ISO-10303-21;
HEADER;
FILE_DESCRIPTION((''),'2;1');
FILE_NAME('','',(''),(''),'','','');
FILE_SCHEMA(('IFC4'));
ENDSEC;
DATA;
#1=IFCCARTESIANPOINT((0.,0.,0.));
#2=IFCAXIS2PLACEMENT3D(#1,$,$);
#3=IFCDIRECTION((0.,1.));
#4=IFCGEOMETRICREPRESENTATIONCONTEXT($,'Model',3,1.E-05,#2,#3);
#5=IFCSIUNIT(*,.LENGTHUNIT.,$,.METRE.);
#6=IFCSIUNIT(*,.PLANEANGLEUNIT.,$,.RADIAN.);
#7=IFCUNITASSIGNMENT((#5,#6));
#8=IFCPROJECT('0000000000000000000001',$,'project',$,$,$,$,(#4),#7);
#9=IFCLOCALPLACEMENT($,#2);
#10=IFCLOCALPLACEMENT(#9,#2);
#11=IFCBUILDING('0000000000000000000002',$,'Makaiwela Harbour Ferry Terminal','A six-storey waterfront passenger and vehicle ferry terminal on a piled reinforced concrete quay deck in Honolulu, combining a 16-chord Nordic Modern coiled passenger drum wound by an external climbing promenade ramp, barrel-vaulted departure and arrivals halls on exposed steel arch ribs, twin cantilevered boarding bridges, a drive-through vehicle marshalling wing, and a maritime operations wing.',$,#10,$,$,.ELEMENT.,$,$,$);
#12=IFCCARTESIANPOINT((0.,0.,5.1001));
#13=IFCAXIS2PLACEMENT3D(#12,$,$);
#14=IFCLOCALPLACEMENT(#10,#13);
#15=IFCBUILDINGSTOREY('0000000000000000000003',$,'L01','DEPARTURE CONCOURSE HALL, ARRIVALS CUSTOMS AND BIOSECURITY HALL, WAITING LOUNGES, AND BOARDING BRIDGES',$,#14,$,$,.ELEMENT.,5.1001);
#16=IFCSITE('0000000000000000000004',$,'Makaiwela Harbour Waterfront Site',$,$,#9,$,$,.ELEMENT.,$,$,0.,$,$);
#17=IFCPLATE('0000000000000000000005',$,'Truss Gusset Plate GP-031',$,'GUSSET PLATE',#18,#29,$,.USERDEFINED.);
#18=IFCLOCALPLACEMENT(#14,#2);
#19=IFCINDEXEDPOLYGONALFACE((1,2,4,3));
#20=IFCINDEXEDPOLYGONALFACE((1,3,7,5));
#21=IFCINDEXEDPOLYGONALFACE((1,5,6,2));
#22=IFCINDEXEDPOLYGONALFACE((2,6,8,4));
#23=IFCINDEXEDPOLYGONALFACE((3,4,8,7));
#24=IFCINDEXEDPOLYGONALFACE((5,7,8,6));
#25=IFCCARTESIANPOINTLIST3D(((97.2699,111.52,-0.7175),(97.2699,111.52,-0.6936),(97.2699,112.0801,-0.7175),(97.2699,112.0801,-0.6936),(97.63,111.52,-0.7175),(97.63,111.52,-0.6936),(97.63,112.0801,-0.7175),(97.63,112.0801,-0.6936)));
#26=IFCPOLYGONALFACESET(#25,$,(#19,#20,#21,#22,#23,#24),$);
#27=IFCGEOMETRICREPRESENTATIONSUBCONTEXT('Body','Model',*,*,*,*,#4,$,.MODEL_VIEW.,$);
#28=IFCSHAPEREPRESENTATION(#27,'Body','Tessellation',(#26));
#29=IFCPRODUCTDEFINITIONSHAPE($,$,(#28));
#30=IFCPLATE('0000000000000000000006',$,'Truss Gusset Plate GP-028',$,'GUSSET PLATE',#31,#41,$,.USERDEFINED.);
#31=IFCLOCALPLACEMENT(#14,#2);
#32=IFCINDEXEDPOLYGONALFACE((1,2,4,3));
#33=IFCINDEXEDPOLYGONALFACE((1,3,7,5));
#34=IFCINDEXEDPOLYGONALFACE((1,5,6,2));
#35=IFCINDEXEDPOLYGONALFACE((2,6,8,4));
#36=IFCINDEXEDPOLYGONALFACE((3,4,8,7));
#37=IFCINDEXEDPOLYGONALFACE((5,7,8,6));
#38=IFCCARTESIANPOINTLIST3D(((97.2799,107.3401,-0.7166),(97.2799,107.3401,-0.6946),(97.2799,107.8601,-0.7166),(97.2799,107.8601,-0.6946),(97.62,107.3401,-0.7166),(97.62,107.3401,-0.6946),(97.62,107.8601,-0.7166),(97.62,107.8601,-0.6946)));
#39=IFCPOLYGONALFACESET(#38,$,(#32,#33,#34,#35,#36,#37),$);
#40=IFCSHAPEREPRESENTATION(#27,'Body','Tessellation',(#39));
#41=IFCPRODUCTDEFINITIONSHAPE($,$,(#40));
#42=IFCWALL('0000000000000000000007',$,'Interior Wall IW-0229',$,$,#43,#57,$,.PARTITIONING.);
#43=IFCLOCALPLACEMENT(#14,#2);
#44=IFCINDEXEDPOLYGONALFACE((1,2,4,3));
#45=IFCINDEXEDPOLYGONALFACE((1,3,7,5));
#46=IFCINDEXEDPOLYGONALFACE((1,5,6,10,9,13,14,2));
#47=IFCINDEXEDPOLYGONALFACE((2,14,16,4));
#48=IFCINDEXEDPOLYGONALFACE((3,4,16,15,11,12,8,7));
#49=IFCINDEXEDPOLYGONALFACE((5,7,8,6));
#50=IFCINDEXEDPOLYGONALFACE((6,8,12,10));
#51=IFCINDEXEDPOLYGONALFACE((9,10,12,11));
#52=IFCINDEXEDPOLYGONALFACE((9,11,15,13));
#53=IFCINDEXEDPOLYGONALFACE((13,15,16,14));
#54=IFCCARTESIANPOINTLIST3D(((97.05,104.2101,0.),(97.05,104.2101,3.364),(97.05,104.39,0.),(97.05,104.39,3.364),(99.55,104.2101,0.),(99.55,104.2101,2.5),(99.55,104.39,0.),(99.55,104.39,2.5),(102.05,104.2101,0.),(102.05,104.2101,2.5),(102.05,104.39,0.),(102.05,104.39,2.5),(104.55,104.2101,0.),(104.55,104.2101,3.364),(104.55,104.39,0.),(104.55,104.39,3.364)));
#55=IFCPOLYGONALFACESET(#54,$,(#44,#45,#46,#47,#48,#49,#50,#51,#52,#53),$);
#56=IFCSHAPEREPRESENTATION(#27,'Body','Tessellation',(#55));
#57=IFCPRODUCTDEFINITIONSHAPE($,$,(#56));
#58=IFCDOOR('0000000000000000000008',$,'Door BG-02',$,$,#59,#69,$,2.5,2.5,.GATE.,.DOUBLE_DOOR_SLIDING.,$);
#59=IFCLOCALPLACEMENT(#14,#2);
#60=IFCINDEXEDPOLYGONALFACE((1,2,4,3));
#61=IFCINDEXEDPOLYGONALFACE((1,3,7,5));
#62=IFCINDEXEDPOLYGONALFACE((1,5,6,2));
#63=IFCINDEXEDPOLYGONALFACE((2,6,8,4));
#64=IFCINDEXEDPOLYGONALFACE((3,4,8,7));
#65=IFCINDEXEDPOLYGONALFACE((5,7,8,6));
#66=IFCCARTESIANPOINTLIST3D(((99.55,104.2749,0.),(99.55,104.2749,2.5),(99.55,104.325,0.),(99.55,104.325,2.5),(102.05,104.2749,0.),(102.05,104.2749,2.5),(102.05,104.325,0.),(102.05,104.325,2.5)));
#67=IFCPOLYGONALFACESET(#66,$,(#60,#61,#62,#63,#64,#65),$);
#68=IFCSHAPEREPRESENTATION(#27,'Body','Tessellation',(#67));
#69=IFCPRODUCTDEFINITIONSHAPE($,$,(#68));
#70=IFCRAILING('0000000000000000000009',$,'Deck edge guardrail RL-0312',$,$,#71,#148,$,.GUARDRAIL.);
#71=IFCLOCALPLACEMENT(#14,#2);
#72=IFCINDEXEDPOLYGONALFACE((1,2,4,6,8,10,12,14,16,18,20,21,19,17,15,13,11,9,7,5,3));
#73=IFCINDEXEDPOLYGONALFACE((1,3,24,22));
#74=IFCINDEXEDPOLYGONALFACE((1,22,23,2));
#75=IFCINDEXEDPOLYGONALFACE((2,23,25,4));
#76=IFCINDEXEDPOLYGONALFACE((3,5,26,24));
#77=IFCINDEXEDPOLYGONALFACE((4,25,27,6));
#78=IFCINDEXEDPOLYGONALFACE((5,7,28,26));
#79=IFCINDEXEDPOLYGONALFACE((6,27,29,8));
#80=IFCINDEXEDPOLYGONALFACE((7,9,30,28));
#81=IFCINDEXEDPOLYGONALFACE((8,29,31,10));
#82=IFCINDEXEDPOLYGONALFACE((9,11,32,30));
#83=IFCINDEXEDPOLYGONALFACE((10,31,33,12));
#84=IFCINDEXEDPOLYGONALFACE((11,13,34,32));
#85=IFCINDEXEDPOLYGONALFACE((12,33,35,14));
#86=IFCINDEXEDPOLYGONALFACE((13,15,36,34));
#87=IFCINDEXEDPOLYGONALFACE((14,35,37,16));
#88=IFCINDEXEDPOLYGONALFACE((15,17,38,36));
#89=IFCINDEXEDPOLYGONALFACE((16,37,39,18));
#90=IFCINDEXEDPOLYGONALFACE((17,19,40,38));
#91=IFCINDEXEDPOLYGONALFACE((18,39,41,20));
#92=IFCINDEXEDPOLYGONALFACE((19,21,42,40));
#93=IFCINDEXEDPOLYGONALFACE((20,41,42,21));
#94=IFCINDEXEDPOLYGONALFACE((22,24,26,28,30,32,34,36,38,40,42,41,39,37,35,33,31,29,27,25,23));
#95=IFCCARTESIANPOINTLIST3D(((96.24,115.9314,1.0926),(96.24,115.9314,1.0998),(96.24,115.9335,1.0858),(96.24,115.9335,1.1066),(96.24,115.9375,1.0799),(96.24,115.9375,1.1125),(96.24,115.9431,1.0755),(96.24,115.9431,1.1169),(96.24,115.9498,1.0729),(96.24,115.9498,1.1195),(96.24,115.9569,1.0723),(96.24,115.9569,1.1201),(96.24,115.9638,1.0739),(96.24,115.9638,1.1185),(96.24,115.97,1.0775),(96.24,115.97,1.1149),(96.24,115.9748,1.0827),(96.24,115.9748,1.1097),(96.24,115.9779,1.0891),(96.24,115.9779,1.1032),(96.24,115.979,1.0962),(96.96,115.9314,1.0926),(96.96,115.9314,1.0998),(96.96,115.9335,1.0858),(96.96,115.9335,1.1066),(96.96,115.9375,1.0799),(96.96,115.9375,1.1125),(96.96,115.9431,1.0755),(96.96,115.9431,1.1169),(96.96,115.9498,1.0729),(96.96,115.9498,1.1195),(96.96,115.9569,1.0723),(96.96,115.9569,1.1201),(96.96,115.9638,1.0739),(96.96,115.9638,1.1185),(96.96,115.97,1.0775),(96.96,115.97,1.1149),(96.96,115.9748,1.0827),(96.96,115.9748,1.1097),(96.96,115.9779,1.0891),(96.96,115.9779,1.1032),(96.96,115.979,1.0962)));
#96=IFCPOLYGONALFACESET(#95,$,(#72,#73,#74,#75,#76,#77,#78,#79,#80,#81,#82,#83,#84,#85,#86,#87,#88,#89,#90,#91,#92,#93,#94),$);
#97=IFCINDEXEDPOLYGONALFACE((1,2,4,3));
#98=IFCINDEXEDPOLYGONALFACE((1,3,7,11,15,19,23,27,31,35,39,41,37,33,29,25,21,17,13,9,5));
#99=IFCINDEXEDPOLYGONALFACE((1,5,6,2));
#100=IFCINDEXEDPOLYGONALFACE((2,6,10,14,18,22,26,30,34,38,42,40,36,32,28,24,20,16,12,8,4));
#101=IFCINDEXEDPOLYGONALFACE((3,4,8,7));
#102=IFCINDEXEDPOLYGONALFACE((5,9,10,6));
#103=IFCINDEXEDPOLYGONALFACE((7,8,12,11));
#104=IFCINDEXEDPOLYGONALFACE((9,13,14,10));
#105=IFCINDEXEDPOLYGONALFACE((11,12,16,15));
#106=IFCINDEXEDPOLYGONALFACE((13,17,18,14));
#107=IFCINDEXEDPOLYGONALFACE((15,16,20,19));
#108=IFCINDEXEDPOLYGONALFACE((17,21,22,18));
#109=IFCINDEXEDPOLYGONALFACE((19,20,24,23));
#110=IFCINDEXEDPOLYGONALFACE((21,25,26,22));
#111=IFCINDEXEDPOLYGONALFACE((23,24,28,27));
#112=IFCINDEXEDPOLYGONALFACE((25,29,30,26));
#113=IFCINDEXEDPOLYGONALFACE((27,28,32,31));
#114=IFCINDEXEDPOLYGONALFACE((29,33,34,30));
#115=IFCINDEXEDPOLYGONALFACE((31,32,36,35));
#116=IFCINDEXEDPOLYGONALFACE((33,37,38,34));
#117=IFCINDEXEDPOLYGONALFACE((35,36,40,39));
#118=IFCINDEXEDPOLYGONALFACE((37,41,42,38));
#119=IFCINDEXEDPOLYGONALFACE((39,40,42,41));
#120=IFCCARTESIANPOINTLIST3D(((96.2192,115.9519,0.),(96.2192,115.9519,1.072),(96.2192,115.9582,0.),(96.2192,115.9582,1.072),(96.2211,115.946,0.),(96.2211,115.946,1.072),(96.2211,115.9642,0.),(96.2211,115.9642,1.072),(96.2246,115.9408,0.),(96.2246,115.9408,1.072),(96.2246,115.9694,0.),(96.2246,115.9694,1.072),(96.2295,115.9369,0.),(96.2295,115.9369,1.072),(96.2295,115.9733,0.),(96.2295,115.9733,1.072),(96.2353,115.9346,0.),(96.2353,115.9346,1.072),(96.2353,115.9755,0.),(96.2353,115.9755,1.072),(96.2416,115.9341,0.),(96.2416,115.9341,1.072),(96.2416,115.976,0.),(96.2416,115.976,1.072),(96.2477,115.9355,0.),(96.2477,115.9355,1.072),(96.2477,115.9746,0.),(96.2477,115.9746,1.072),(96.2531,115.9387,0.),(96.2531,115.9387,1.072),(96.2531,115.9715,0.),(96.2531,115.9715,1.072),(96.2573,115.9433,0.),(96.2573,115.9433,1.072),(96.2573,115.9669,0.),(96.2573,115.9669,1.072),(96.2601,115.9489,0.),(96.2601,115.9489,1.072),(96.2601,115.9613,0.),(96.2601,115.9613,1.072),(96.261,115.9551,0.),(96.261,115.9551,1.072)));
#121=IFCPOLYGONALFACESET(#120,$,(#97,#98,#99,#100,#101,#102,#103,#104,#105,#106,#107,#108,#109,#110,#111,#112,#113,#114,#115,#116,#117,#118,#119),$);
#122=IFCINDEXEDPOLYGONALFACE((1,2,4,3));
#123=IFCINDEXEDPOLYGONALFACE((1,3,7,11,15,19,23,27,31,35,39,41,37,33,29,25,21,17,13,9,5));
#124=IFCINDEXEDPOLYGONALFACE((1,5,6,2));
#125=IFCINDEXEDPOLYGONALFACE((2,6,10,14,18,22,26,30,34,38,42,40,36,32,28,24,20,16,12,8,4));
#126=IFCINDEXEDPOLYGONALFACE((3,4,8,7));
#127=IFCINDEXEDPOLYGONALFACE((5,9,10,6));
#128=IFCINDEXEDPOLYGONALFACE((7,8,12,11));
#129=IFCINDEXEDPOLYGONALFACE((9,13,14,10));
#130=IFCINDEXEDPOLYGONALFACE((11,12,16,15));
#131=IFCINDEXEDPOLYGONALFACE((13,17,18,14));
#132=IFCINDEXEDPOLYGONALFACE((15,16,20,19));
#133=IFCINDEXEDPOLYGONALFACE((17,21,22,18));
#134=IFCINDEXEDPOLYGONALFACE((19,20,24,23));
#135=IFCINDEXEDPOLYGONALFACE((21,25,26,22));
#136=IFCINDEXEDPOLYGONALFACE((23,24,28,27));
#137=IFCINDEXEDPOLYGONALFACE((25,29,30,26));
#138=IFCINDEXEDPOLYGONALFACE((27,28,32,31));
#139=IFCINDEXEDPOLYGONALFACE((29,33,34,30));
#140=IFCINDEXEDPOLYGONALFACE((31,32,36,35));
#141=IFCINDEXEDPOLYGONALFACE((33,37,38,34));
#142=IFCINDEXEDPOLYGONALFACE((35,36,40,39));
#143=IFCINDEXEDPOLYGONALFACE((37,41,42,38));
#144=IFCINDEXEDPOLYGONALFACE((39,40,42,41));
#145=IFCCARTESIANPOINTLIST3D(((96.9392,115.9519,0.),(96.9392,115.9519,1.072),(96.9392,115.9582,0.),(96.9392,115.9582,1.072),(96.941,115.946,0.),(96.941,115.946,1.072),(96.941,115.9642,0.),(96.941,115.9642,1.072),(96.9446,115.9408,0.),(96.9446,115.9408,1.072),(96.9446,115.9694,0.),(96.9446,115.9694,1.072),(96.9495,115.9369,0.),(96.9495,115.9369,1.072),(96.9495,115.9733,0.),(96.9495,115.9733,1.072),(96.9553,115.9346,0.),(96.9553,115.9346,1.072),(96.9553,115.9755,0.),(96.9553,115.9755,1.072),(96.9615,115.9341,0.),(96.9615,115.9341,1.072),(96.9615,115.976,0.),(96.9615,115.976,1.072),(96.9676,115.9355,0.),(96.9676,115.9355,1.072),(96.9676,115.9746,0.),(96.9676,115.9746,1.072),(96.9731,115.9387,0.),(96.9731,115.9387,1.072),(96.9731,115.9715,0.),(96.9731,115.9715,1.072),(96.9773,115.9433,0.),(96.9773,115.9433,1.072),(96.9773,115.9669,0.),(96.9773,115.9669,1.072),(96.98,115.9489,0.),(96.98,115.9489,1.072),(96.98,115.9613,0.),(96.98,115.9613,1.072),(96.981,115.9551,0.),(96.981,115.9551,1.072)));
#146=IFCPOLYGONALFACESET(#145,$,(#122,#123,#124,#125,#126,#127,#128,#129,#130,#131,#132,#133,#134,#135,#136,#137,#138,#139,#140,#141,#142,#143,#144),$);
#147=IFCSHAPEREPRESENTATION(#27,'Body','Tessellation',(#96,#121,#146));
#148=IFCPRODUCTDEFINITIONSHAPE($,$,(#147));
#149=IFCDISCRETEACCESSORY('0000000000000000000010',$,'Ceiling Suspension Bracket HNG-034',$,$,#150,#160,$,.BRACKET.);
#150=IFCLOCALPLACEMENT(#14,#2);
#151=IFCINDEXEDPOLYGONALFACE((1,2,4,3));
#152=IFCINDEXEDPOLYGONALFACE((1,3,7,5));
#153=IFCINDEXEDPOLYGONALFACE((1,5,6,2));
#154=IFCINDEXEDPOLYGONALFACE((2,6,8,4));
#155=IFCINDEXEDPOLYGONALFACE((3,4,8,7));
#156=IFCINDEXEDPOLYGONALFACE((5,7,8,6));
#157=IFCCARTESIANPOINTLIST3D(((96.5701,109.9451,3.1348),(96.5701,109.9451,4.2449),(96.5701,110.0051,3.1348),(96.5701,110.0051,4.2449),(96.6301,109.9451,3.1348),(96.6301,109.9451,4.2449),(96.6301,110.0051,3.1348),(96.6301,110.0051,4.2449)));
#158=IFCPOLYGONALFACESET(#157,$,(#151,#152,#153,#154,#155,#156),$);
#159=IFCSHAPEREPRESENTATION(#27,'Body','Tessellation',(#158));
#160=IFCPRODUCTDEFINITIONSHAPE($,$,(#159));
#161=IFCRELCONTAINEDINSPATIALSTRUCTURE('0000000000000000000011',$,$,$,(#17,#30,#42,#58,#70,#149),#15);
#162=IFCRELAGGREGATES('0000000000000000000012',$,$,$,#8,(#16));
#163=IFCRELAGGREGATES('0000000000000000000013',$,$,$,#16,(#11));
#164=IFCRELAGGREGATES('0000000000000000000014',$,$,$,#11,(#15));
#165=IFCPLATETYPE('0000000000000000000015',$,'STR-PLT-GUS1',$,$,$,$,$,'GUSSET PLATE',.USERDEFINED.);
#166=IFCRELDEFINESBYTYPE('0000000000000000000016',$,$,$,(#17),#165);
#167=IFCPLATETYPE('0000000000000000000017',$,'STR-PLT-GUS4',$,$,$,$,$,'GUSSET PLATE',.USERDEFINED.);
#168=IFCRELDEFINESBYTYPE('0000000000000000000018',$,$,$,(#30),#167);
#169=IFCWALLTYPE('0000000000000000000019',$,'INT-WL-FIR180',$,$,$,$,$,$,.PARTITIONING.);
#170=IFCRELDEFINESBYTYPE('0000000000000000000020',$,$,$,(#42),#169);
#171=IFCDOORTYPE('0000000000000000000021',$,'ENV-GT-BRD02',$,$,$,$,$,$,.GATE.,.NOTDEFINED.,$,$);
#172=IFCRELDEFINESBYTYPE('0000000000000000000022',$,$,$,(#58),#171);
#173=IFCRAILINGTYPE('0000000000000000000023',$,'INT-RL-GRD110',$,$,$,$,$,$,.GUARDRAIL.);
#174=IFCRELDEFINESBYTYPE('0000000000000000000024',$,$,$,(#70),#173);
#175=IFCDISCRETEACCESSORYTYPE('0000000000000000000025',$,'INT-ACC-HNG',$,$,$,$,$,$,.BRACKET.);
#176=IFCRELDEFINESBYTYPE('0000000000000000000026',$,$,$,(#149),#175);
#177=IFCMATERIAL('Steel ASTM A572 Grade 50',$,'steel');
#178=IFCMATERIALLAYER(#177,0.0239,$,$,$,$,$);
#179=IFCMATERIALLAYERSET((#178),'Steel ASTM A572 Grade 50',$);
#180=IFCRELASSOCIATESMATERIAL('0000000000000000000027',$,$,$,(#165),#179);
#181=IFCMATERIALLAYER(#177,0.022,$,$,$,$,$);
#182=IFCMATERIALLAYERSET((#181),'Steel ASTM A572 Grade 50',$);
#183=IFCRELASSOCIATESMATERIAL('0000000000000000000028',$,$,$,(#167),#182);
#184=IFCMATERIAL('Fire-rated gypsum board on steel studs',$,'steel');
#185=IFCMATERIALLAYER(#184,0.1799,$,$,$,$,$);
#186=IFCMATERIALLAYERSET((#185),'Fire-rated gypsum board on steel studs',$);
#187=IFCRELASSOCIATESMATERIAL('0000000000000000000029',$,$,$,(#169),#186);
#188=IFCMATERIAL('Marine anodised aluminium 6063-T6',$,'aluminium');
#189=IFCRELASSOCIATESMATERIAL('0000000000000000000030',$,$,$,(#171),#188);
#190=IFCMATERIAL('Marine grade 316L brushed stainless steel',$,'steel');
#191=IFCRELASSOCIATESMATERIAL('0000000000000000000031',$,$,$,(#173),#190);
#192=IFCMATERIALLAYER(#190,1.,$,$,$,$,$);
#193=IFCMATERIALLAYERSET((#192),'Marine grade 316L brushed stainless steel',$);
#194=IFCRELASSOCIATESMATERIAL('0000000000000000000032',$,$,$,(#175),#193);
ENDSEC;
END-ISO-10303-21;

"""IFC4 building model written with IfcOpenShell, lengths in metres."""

from ifc_helpers import new_model, si_unit, direction, frame, frame_2d, origin, origin_2d, place, context, subcontext, project, spatial, rectangle, circle, extrude, material, layer, layer_set, type_object, element, fill, save


model = new_model("IFC4")

# Units and contexts
model_context = context("Model", 3, precision=1e-05, world=origin(), true_north=direction((0.0, 1.0)))
body_context = subcontext(model_context, "Body", "Model", "MODEL_VIEW")
ifc_project = project(units=[si_unit("LENGTHUNIT", "METRE"), si_unit("PLANEANGLEUNIT", "RADIAN")], contexts=[model_context])

# Site, building, storey
site_placement = place(None, origin())
site = spatial("IfcSite", under=ifc_project, at=site_placement, Name="Makaiwela Harbour Waterfront Site", CompositionType="ELEMENT", RefElevation=0.0)
building_placement = place(site_placement, origin())
building = spatial("IfcBuilding", under=site, at=building_placement, Name="Makaiwela Harbour Ferry Terminal", Description="A six-storey waterfront passenger and vehicle ferry terminal on a piled reinforced concrete quay deck in Honolulu, combining a 16-chord Nordic Modern coiled passenger drum wound by an external climbing promenade ramp, barrel-vaulted departure and arrivals halls on exposed steel arch ribs, twin cantilevered boarding bridges, a drive-through vehicle marshalling wing, and a maritime operations wing.", CompositionType="ELEMENT")
storey_placement = place(building_placement, frame((0.0, 0.0, 5.1001)))
storey = spatial("IfcBuildingStorey", under=building, at=storey_placement, Name="L01", Description="DEPARTURE CONCOURSE HALL, ARRIVALS CUSTOMS AND BIOSECURITY HALL, WAITING LOUNGES, AND BOARDING BRIDGES", CompositionType="ELEMENT", Elevation=5.1001)

# Shared definitions
ifc_material_1 = material(Name="Marine anodised aluminium 6063-T6", Category="aluminium")

# Plates
ifc_material_2 = material(Name="Steel ASTM A572 Grade 50", Category="steel")
ifc_layer_1 = layer(ifc_material_2, 0.0239)
ifc_layer_set_1 = layer_set([ifc_layer_1], Name="Steel ASTM A572 Grade 50")
plate_type_1 = type_object("IfcPlateType", Name="STR-PLT-GUS1", ElementType="GUSSET PLATE", PredefinedType="USERDEFINED", material=ifc_layer_set_1)
plate_1_placement = place(storey_placement, frame((97.45, 111.8, -0.7175), z_axis=(0.0, 0.0, 1.0), x_axis=(0.0, 1.0, 0.0)))
element("IfcPlate", 1, at=plate_1_placement, inside=storey, type_object=plate_type_1, Name="Truss Gusset Plate GP-031", ObjectType="GUSSET PLATE", PredefinedType="USERDEFINED", context=body_context, shape_type="SweptSolid", body=[
    extrude(rectangle(XDim=0.5601, YDim=0.3601, at=origin_2d()), origin(), (0.0, 0.0, 1.0), 0.0239),
])
ifc_layer_2 = layer(ifc_material_2, 0.022)
ifc_layer_set_2 = layer_set([ifc_layer_2], Name="Steel ASTM A572 Grade 50")
plate_type_2 = type_object("IfcPlateType", Name="STR-PLT-GUS4", ElementType="GUSSET PLATE", PredefinedType="USERDEFINED", material=ifc_layer_set_2)
plate_2_placement = place(storey_placement, frame((97.45, 107.6001, -0.7166), z_axis=(0.0, 0.0, 1.0), x_axis=(0.0, 1.0, 0.0)))
element("IfcPlate", 2, at=plate_2_placement, inside=storey, type_object=plate_type_2, Name="Truss Gusset Plate GP-028", ObjectType="GUSSET PLATE", PredefinedType="USERDEFINED", context=body_context, shape_type="SweptSolid", body=[
    extrude(rectangle(XDim=0.52, YDim=0.3401, at=origin_2d()), origin(), (0.0, 0.0, 1.0), 0.022),
])

# Wall, opening, door
ifc_material_3 = material(Name="Fire-rated gypsum board on steel studs", Category="steel")
ifc_layer_3 = layer(ifc_material_3, 0.1799)
ifc_layer_set_3 = layer_set([ifc_layer_3], Name="Fire-rated gypsum board on steel studs")
wall_type = type_object("IfcWallType", Name="INT-WL-FIR180", PredefinedType="PARTITIONING", material=ifc_layer_set_3)
wall_placement = place(storey_placement, frame((97.05, 104.3, 0.0), z_axis=(0.0, 0.0, 1.0), x_axis=(1.0, 0.0, 0.0)))
wall = element("IfcWall", 3, at=wall_placement, inside=storey, type_object=wall_type, Name="Interior Wall IW-0229", PredefinedType="PARTITIONING", context=body_context, shape_type="SweptSolid", body=[
    extrude(rectangle(XDim=7.5, YDim=0.1799, at=frame_2d((3.75, 0.0))), origin(), (0.0, 0.0, 1.0), 3.364),
])
opening_placement = place(wall_placement, frame((2.5, 0.0, 0.0)))
opening = element("IfcOpeningElement", 4, at=opening_placement, cuts=wall, PredefinedType="OPENING", context=body_context, shape_type="SweptSolid", body=[
    extrude(rectangle(XDim=2.5, YDim=2.5, at=frame_2d((1.25, 1.25))), frame((0.0, 0.0999, 0.0), z_axis=(0.0, -1.0, 0.0), x_axis=(1.0, 0.0, 0.0)), (0.0, 0.0, 1.0), 0.2),
])
door_type = type_object("IfcDoorType", Name="ENV-GT-BRD02", OperationType="NOTDEFINED", PredefinedType="GATE", material=ifc_material_1)
door_placement = place(opening_placement, origin())
door = element("IfcDoor", 5, at=door_placement, inside=storey, type_object=door_type, Name="Door BG-02", OperationType="DOUBLE_DOOR_SLIDING", OverallHeight=2.5, OverallWidth=2.5, PredefinedType="GATE", context=body_context, shape_type="SweptSolid", body=[
    extrude(rectangle(XDim=2.5, YDim=2.5, at=frame_2d((1.25, 1.25))), frame((0.0, 0.0249, 0.0), z_axis=(0.0, -1.0, 0.0), x_axis=(1.0, 0.0, 0.0)), (0.0, 0.0, 1.0), 0.05),
])
fill(opening, door)

# Railing
ifc_material_4 = material(Name="Marine grade 316L brushed stainless steel", Category="steel")
railing_type = type_object("IfcRailingType", Name="INT-RL-GRD110", PredefinedType="GUARDRAIL", material=ifc_material_4)
railing_placement = place(storey_placement, frame((96.24, 115.9551, 0.0)))
element("IfcRailing", 6, at=railing_placement, inside=storey, type_object=railing_type, Name="Deck edge guardrail RL-0312", PredefinedType="GUARDRAIL", context=body_context, shape_type="SweptSolid", body=[
    extrude(circle(Radius=0.0239, at=origin_2d()), frame((0.0, 0.0, 1.0962), z_axis=(1.0, 0.0, 0.0), x_axis=(0.0, 1.0, 0.0)), (0.0, 0.0, 1.0), 0.72),
    extrude(circle(Radius=0.021, at=origin_2d()), origin(), (0.0, 0.0, 1.0), 1.072),
    extrude(circle(Radius=0.021, at=origin_2d()), frame((0.72, 0.0, 0.0)), (0.0, 0.0, 1.0), 1.072),
])

# Discrete accessory
ifc_layer_4 = layer(ifc_material_4, 1.0)
ifc_layer_set_4 = layer_set([ifc_layer_4], Name="Marine grade 316L brushed stainless steel")
discrete_accessory_type = type_object("IfcDiscreteAccessoryType", Name="INT-ACC-HNG", PredefinedType="BRACKET", material=ifc_layer_set_4)
discrete_accessory_placement = place(storey_placement, frame((96.6001, 109.9751, 3.1348), z_axis=(0.0, 0.0, 1.0), x_axis=(1.0, 0.0, 0.0)))
element("IfcDiscreteAccessory", 7, at=discrete_accessory_placement, inside=storey, type_object=discrete_accessory_type, Name="Ceiling Suspension Bracket HNG-034", PredefinedType="BRACKET", context=body_context, shape_type="SweptSolid", body=[
    extrude(rectangle(XDim=0.0601, YDim=0.0601, at=origin_2d()), origin(), (0.0, 0.0, 1.0), 1.1101),
])

save(model, "model.ifc")
